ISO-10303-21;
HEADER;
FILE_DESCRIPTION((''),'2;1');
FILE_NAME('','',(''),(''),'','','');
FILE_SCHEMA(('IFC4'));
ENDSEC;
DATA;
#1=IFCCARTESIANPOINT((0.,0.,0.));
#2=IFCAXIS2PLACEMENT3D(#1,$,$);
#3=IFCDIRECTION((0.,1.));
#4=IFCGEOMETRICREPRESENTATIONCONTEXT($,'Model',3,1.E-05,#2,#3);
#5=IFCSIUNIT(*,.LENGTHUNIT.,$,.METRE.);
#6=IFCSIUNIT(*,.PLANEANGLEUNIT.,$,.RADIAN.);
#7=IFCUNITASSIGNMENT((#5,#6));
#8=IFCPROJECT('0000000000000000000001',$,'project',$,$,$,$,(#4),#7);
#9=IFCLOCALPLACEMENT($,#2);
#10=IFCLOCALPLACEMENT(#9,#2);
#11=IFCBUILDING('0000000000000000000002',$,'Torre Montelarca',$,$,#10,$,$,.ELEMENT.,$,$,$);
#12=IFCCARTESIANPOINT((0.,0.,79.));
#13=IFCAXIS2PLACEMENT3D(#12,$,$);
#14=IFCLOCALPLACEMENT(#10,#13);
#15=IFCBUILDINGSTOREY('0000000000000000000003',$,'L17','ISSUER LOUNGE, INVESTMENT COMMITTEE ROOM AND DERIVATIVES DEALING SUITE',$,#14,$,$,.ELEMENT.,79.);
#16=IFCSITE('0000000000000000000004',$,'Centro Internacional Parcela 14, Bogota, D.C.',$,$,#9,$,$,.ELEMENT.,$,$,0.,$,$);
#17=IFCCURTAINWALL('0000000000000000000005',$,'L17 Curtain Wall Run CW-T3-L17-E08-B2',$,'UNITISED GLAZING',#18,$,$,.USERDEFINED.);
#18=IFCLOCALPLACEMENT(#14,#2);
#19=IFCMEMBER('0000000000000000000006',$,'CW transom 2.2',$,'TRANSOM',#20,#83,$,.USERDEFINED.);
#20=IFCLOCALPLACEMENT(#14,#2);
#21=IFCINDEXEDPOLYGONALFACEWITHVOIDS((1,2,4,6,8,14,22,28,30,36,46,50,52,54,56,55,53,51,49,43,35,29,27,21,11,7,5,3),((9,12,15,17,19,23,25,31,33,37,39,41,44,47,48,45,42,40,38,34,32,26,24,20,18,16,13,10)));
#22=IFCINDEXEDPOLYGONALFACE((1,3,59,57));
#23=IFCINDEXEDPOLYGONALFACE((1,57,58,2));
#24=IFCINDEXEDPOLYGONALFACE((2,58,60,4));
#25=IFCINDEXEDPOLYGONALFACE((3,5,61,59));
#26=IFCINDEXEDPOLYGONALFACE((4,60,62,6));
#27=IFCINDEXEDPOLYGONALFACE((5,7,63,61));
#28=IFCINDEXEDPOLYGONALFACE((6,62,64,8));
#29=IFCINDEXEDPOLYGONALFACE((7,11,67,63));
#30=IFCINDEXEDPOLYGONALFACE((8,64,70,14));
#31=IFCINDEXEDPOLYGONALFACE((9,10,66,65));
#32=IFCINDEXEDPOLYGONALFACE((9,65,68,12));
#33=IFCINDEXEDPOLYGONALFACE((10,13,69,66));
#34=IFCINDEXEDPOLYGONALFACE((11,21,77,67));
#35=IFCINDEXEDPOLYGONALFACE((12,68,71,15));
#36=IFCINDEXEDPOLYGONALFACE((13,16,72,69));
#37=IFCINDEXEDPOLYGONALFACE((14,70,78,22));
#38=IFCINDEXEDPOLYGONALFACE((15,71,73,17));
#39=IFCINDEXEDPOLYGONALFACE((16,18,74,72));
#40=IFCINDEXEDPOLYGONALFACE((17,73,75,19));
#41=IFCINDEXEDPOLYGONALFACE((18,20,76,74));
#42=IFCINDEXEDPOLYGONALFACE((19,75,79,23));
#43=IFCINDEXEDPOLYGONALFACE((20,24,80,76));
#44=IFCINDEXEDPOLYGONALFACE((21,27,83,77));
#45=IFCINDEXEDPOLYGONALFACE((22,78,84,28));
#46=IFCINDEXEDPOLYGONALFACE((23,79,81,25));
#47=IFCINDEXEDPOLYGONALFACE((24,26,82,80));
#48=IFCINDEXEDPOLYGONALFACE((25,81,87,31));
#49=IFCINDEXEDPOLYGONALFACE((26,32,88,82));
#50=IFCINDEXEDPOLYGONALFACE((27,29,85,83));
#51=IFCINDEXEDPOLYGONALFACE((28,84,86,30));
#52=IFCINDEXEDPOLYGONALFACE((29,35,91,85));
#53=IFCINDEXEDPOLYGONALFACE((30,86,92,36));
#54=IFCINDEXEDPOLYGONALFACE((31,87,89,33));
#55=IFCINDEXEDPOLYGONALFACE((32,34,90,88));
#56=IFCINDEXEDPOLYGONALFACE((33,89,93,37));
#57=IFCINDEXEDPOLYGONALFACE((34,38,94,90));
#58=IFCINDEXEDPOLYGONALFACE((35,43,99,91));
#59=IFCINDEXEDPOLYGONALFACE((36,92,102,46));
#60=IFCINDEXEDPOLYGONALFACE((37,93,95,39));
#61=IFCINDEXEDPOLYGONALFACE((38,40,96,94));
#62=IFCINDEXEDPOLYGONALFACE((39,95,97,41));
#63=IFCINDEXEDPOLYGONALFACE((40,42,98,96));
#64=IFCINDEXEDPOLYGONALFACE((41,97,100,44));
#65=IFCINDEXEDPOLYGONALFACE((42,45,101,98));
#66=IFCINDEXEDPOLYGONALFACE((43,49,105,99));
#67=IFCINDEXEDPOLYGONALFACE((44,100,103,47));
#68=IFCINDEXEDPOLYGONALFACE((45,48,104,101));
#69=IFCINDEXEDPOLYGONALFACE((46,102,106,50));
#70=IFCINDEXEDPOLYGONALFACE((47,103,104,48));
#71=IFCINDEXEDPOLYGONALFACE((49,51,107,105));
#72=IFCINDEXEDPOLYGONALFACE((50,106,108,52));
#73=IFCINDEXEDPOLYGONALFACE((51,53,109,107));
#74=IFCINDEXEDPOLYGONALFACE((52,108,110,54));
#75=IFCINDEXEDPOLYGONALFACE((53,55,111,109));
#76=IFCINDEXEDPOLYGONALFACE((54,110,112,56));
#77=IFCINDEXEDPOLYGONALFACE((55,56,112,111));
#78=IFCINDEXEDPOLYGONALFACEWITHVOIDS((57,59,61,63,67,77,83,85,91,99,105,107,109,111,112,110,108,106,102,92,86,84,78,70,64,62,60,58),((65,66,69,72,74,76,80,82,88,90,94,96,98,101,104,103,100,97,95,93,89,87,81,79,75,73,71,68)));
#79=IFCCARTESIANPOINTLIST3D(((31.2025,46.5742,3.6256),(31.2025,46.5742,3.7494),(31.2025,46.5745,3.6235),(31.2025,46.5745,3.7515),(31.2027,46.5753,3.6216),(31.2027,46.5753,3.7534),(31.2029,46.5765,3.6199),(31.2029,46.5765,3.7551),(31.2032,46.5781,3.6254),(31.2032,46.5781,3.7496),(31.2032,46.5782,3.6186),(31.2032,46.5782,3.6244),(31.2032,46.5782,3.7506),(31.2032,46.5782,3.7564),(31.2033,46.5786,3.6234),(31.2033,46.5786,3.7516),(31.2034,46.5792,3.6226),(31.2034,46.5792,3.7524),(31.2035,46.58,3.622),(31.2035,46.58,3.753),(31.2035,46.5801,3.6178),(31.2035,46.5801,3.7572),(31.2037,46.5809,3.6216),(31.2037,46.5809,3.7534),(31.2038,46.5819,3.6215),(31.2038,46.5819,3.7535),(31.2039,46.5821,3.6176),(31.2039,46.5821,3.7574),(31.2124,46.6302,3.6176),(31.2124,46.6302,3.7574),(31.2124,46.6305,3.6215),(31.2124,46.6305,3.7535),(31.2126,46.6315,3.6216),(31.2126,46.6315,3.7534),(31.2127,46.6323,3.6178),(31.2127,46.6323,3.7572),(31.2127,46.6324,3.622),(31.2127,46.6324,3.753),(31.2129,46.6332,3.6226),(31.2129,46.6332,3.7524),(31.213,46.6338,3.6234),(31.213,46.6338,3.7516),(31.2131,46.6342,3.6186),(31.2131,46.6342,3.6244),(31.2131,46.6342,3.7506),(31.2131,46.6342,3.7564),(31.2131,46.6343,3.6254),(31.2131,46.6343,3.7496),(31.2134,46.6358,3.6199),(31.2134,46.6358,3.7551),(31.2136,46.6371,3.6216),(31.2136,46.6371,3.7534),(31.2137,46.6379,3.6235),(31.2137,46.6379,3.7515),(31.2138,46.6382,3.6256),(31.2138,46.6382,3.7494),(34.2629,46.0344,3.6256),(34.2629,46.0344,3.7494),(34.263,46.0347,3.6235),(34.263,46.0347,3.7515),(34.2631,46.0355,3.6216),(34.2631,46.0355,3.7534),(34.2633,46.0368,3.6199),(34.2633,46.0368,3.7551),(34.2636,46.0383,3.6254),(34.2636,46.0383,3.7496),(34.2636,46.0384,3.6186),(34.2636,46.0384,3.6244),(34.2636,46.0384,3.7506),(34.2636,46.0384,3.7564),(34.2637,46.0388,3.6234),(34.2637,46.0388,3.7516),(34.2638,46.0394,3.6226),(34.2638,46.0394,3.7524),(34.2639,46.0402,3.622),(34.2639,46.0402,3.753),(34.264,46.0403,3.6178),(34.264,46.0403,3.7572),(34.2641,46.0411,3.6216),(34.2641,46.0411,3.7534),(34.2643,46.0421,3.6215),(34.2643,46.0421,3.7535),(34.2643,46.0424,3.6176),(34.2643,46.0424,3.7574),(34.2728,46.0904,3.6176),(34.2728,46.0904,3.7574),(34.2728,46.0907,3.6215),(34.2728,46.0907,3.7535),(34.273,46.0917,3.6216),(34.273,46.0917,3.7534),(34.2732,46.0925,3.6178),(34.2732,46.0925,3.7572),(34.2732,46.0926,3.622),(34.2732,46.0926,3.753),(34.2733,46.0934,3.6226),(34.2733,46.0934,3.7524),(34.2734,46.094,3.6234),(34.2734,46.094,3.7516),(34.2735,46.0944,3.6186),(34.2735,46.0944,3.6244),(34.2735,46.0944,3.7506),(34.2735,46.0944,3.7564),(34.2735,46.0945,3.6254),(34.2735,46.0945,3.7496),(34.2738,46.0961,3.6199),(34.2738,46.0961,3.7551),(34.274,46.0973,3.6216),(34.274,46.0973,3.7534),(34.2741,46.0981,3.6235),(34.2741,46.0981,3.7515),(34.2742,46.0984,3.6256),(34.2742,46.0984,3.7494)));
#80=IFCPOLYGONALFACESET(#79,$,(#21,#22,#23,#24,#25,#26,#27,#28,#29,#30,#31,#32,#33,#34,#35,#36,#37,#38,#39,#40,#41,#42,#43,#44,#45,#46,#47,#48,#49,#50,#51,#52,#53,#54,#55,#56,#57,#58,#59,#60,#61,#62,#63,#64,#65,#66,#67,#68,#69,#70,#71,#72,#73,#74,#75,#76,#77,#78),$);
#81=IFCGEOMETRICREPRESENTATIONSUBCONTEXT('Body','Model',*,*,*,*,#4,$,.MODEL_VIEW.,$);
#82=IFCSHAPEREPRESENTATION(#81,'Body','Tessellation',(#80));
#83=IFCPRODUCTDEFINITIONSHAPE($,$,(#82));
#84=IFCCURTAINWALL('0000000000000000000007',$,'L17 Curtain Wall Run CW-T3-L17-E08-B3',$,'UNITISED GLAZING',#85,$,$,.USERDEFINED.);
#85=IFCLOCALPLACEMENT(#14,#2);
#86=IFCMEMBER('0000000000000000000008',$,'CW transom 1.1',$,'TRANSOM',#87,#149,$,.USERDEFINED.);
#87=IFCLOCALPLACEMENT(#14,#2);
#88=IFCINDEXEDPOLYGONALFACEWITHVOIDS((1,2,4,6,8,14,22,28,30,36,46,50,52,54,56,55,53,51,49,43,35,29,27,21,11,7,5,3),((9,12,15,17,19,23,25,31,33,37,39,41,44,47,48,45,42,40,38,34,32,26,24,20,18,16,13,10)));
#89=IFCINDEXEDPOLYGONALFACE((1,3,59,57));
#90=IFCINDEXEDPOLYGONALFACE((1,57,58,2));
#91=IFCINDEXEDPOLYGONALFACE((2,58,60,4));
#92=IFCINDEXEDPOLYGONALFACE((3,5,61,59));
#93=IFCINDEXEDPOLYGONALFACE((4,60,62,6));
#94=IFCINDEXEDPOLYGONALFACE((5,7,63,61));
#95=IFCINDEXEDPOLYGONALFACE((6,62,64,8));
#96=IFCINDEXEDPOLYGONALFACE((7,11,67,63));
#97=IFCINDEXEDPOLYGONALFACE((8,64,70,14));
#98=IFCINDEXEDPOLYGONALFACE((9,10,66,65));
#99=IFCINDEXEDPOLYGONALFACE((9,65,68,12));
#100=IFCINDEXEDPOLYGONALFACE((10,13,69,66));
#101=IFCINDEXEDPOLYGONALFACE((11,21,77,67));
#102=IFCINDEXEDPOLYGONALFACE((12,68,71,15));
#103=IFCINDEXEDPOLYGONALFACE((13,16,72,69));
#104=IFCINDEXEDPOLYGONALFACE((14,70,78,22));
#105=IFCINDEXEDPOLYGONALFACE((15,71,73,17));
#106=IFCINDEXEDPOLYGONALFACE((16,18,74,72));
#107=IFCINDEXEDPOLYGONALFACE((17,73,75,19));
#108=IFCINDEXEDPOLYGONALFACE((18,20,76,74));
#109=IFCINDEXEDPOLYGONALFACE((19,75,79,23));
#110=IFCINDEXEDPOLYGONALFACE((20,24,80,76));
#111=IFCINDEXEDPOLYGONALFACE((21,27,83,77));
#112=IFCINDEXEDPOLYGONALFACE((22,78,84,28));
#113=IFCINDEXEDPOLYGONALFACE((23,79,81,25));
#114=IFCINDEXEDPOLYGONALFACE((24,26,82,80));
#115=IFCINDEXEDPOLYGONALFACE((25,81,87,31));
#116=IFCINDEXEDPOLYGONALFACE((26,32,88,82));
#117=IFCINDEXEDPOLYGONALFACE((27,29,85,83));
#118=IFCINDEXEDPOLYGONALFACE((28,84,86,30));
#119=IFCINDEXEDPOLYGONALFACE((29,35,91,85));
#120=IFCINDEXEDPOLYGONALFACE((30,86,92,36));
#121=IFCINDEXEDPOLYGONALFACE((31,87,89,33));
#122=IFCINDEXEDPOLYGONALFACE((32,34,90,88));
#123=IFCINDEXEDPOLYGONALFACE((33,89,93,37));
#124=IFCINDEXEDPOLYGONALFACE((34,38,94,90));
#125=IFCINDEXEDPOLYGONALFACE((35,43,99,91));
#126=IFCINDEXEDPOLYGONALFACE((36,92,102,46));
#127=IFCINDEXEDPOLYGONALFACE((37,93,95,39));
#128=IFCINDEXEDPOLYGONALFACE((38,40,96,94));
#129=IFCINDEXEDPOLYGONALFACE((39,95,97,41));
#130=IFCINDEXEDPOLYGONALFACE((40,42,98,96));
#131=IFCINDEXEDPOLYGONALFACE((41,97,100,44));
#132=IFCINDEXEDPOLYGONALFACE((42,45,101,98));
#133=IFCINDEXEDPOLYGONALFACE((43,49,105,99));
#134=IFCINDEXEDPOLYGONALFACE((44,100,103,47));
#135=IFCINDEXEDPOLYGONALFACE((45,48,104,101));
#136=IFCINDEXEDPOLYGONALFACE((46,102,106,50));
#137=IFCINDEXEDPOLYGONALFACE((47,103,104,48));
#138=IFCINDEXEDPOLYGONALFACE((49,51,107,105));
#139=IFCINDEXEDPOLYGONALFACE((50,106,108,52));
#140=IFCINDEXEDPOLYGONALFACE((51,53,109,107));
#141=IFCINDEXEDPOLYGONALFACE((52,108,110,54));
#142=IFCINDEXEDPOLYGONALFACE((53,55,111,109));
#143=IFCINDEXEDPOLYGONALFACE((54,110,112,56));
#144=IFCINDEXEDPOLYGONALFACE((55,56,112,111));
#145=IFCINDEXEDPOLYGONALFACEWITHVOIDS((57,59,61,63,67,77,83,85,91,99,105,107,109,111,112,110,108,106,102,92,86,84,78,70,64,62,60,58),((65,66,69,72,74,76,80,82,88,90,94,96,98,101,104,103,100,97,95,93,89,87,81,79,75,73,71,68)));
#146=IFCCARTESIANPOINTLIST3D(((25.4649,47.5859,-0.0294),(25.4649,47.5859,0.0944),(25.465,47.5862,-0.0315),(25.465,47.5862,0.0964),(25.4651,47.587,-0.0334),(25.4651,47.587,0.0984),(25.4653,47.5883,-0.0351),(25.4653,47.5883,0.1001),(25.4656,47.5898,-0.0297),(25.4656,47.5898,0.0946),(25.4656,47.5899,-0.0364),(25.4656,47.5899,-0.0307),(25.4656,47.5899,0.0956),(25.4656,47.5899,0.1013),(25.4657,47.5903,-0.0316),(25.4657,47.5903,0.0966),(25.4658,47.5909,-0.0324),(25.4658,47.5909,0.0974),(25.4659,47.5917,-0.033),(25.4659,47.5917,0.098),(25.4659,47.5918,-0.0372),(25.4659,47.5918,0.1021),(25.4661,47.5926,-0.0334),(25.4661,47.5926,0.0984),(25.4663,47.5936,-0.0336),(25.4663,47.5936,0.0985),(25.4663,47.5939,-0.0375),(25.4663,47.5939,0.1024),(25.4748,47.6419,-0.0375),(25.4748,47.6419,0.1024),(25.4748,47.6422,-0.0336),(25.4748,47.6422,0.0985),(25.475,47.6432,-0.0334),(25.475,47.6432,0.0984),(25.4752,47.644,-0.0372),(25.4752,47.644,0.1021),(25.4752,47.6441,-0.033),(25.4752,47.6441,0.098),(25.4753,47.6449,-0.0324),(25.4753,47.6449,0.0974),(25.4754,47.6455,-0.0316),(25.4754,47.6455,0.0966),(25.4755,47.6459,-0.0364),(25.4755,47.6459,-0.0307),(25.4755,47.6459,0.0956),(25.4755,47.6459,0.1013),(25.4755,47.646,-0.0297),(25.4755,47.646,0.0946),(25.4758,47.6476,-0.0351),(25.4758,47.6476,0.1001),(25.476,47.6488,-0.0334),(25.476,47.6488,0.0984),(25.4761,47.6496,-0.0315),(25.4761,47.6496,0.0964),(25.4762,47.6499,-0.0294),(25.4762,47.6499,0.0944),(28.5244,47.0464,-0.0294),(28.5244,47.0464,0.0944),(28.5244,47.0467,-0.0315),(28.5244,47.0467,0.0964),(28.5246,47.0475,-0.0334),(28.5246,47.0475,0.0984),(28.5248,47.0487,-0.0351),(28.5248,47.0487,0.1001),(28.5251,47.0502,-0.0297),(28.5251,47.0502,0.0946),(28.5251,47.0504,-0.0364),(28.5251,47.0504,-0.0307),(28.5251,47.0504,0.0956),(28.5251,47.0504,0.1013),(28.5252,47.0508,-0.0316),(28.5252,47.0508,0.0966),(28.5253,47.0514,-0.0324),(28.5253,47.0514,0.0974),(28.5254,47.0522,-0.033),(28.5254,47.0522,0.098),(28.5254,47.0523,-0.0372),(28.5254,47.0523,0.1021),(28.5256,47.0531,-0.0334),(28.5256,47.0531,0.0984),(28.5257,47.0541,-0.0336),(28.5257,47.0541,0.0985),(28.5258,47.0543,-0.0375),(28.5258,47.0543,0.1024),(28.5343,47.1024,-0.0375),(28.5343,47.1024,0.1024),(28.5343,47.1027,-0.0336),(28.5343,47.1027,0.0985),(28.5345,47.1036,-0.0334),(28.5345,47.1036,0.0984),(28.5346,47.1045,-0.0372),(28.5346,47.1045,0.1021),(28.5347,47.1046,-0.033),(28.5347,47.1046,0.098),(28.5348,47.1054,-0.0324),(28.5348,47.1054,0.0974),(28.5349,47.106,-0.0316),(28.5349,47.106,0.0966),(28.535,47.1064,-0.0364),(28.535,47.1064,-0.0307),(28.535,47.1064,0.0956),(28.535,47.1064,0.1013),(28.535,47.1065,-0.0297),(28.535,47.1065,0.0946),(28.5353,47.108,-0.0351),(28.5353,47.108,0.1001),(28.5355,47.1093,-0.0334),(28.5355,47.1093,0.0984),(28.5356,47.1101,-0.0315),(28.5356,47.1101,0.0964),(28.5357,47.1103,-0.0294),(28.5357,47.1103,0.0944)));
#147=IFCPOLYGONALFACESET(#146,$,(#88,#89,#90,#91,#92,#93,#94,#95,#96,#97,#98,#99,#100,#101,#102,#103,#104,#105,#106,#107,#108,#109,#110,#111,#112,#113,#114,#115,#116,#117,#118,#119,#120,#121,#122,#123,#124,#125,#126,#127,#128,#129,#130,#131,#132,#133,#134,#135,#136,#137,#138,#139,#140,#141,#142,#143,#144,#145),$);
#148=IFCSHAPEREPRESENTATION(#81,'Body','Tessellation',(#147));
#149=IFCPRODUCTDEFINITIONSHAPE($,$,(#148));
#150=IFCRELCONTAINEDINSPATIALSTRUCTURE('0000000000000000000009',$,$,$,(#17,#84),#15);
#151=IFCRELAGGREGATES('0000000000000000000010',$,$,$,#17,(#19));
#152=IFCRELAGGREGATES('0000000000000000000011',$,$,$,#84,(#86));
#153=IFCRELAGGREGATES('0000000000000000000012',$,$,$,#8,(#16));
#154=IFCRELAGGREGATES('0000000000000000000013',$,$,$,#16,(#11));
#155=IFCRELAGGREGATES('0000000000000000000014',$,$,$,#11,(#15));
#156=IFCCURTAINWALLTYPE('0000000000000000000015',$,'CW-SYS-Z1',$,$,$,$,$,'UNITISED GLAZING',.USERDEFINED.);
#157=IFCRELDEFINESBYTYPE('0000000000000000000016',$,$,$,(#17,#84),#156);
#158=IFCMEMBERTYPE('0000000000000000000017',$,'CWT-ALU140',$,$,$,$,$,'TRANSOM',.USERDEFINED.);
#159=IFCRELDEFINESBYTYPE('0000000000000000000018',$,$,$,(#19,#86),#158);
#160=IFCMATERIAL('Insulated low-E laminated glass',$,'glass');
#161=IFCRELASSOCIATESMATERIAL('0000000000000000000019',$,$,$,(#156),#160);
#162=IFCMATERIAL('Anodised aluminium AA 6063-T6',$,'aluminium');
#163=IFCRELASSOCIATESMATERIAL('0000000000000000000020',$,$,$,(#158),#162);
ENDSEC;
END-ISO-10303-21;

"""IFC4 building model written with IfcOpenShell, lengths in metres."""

from ifc_helpers import new_model, si_unit, direction, frame, origin, origin_2d, place, context, subcontext, project, spatial, hollow_rectangle, extrude, source, transform, mapped, material, material_profile, profile_set, type_object, element, aggregate, save


model = new_model("IFC4")

# Units and contexts
model_context = context("Model", 3, precision=1e-05, world=origin(), true_north=direction((0.0, 1.0)))
body_context = subcontext(model_context, "Body", "Model", "MODEL_VIEW")
ifc_project = project(units=[si_unit("LENGTHUNIT", "METRE"), si_unit("PLANEANGLEUNIT", "RADIAN")], contexts=[model_context])

# Site, building, storey
site_placement = place(None, origin())
site = spatial("IfcSite", under=ifc_project, at=site_placement, Name="Centro Internacional Parcela 14, Bogota, D.C.", CompositionType="ELEMENT", RefElevation=0.0)
building_placement = place(site_placement, origin())
building = spatial("IfcBuilding", under=site, at=building_placement, Name="Torre Montelarca", CompositionType="ELEMENT")
storey_placement = place(building_placement, frame((0.0, 0.0, 79.0)))
storey = spatial("IfcBuildingStorey", under=building, at=storey_placement, Name="L17", Description="ISSUER LOUNGE, INVESTMENT COMMITTEE ROOM AND DERIVATIVES DEALING SUITE", CompositionType="ELEMENT", Elevation=79.0)

# Curtain walls, members
ifc_material_1 = material(Name="Insulated low-E laminated glass", Category="glass")
curtain_wall_type = type_object("IfcCurtainWallType", Name="CW-SYS-Z1", ElementType="UNITISED GLAZING", PredefinedType="USERDEFINED", material=ifc_material_1)
curtain_wall_1_placement = place(storey_placement, origin())
curtain_wall_1 = element("IfcCurtainWall", 1, at=curtain_wall_1_placement, inside=storey, type_object=curtain_wall_type, Name="L17 Curtain Wall Run CW-T3-L17-E08-B2", ObjectType="UNITISED GLAZING", PredefinedType="USERDEFINED")
ifc_material_2 = material(Name="Anodised aluminium AA 6063-T6", Category="aluminium")
ifc_material_profile_1 = material_profile(ifc_material_2, hollow_rectangle(XDim=0.0649, YDim=0.1399, WallThickness=0.0039, InnerFilletRadius=0.0039, OuterFilletRadius=0.0081, at=origin_2d()), Name="ALU65X140X4", Category="aluminium")
ifc_profile_set_1 = profile_set([ifc_material_profile_1], Name="Anodised aluminium AA 6063-T6")
member_type_1 = type_object("IfcMemberType", Name="CWT-ALU140", ElementType="TRANSOM", PredefinedType="USERDEFINED", material=ifc_profile_set_1)
shared_shape_1 = source(origin(), body_context, "Body", "SweptSolid", [
    extrude(hollow_rectangle(XDim=0.0649, YDim=0.1399, WallThickness=0.0039, InnerFilletRadius=0.0039, OuterFilletRadius=0.0081, at=origin_2d()), origin(), (0.0, 0.0, 1.0), 3.1077),
])
member_1_placement = place(storey_placement, frame((34.2686, 46.0664, 3.6875), z_axis=(-0.9848, 0.173691, 0.0), x_axis=(-0.173691, -0.9848, 0.0)))
member_1 = element("IfcMember", 2, at=member_1_placement, type_object=member_type_1, Name="CW transom 2.2", ObjectType="TRANSOM", PredefinedType="USERDEFINED", context=body_context, shape_type="MappedRepresentation", body=[
    mapped(shared_shape_1, transform((0.0, 0.0, 0.0), scale=1.0)),
])
curtain_wall_2_placement = place(storey_placement, origin())
curtain_wall_2 = element("IfcCurtainWall", 3, at=curtain_wall_2_placement, inside=storey, type_object=curtain_wall_type, Name="L17 Curtain Wall Run CW-T3-L17-E08-B3", ObjectType="UNITISED GLAZING", PredefinedType="USERDEFINED")
shared_shape_2 = source(origin(), body_context, "Body", "SweptSolid", [
    extrude(hollow_rectangle(XDim=0.0649, YDim=0.1399, WallThickness=0.0039, InnerFilletRadius=0.0039, OuterFilletRadius=0.0081, at=origin_2d()), origin(), (0.0, 0.0, 1.0), 3.1067),
])
member_2_placement = place(storey_placement, frame((28.53, 47.0784, 0.0325), z_axis=(-0.984804, 0.173669, 0.0), x_axis=(-0.173669, -0.984804, 0.0)))
member_2 = element("IfcMember", 4, at=member_2_placement, type_object=member_type_1, Name="CW transom 1.1", ObjectType="TRANSOM", PredefinedType="USERDEFINED", context=body_context, shape_type="MappedRepresentation", body=[
    mapped(shared_shape_2, transform((0.0, 0.0, 0.0), scale=1.0)),
])

aggregate(curtain_wall_1, [member_1])
aggregate(curtain_wall_2, [member_2])

save(model, "model.ifc")
